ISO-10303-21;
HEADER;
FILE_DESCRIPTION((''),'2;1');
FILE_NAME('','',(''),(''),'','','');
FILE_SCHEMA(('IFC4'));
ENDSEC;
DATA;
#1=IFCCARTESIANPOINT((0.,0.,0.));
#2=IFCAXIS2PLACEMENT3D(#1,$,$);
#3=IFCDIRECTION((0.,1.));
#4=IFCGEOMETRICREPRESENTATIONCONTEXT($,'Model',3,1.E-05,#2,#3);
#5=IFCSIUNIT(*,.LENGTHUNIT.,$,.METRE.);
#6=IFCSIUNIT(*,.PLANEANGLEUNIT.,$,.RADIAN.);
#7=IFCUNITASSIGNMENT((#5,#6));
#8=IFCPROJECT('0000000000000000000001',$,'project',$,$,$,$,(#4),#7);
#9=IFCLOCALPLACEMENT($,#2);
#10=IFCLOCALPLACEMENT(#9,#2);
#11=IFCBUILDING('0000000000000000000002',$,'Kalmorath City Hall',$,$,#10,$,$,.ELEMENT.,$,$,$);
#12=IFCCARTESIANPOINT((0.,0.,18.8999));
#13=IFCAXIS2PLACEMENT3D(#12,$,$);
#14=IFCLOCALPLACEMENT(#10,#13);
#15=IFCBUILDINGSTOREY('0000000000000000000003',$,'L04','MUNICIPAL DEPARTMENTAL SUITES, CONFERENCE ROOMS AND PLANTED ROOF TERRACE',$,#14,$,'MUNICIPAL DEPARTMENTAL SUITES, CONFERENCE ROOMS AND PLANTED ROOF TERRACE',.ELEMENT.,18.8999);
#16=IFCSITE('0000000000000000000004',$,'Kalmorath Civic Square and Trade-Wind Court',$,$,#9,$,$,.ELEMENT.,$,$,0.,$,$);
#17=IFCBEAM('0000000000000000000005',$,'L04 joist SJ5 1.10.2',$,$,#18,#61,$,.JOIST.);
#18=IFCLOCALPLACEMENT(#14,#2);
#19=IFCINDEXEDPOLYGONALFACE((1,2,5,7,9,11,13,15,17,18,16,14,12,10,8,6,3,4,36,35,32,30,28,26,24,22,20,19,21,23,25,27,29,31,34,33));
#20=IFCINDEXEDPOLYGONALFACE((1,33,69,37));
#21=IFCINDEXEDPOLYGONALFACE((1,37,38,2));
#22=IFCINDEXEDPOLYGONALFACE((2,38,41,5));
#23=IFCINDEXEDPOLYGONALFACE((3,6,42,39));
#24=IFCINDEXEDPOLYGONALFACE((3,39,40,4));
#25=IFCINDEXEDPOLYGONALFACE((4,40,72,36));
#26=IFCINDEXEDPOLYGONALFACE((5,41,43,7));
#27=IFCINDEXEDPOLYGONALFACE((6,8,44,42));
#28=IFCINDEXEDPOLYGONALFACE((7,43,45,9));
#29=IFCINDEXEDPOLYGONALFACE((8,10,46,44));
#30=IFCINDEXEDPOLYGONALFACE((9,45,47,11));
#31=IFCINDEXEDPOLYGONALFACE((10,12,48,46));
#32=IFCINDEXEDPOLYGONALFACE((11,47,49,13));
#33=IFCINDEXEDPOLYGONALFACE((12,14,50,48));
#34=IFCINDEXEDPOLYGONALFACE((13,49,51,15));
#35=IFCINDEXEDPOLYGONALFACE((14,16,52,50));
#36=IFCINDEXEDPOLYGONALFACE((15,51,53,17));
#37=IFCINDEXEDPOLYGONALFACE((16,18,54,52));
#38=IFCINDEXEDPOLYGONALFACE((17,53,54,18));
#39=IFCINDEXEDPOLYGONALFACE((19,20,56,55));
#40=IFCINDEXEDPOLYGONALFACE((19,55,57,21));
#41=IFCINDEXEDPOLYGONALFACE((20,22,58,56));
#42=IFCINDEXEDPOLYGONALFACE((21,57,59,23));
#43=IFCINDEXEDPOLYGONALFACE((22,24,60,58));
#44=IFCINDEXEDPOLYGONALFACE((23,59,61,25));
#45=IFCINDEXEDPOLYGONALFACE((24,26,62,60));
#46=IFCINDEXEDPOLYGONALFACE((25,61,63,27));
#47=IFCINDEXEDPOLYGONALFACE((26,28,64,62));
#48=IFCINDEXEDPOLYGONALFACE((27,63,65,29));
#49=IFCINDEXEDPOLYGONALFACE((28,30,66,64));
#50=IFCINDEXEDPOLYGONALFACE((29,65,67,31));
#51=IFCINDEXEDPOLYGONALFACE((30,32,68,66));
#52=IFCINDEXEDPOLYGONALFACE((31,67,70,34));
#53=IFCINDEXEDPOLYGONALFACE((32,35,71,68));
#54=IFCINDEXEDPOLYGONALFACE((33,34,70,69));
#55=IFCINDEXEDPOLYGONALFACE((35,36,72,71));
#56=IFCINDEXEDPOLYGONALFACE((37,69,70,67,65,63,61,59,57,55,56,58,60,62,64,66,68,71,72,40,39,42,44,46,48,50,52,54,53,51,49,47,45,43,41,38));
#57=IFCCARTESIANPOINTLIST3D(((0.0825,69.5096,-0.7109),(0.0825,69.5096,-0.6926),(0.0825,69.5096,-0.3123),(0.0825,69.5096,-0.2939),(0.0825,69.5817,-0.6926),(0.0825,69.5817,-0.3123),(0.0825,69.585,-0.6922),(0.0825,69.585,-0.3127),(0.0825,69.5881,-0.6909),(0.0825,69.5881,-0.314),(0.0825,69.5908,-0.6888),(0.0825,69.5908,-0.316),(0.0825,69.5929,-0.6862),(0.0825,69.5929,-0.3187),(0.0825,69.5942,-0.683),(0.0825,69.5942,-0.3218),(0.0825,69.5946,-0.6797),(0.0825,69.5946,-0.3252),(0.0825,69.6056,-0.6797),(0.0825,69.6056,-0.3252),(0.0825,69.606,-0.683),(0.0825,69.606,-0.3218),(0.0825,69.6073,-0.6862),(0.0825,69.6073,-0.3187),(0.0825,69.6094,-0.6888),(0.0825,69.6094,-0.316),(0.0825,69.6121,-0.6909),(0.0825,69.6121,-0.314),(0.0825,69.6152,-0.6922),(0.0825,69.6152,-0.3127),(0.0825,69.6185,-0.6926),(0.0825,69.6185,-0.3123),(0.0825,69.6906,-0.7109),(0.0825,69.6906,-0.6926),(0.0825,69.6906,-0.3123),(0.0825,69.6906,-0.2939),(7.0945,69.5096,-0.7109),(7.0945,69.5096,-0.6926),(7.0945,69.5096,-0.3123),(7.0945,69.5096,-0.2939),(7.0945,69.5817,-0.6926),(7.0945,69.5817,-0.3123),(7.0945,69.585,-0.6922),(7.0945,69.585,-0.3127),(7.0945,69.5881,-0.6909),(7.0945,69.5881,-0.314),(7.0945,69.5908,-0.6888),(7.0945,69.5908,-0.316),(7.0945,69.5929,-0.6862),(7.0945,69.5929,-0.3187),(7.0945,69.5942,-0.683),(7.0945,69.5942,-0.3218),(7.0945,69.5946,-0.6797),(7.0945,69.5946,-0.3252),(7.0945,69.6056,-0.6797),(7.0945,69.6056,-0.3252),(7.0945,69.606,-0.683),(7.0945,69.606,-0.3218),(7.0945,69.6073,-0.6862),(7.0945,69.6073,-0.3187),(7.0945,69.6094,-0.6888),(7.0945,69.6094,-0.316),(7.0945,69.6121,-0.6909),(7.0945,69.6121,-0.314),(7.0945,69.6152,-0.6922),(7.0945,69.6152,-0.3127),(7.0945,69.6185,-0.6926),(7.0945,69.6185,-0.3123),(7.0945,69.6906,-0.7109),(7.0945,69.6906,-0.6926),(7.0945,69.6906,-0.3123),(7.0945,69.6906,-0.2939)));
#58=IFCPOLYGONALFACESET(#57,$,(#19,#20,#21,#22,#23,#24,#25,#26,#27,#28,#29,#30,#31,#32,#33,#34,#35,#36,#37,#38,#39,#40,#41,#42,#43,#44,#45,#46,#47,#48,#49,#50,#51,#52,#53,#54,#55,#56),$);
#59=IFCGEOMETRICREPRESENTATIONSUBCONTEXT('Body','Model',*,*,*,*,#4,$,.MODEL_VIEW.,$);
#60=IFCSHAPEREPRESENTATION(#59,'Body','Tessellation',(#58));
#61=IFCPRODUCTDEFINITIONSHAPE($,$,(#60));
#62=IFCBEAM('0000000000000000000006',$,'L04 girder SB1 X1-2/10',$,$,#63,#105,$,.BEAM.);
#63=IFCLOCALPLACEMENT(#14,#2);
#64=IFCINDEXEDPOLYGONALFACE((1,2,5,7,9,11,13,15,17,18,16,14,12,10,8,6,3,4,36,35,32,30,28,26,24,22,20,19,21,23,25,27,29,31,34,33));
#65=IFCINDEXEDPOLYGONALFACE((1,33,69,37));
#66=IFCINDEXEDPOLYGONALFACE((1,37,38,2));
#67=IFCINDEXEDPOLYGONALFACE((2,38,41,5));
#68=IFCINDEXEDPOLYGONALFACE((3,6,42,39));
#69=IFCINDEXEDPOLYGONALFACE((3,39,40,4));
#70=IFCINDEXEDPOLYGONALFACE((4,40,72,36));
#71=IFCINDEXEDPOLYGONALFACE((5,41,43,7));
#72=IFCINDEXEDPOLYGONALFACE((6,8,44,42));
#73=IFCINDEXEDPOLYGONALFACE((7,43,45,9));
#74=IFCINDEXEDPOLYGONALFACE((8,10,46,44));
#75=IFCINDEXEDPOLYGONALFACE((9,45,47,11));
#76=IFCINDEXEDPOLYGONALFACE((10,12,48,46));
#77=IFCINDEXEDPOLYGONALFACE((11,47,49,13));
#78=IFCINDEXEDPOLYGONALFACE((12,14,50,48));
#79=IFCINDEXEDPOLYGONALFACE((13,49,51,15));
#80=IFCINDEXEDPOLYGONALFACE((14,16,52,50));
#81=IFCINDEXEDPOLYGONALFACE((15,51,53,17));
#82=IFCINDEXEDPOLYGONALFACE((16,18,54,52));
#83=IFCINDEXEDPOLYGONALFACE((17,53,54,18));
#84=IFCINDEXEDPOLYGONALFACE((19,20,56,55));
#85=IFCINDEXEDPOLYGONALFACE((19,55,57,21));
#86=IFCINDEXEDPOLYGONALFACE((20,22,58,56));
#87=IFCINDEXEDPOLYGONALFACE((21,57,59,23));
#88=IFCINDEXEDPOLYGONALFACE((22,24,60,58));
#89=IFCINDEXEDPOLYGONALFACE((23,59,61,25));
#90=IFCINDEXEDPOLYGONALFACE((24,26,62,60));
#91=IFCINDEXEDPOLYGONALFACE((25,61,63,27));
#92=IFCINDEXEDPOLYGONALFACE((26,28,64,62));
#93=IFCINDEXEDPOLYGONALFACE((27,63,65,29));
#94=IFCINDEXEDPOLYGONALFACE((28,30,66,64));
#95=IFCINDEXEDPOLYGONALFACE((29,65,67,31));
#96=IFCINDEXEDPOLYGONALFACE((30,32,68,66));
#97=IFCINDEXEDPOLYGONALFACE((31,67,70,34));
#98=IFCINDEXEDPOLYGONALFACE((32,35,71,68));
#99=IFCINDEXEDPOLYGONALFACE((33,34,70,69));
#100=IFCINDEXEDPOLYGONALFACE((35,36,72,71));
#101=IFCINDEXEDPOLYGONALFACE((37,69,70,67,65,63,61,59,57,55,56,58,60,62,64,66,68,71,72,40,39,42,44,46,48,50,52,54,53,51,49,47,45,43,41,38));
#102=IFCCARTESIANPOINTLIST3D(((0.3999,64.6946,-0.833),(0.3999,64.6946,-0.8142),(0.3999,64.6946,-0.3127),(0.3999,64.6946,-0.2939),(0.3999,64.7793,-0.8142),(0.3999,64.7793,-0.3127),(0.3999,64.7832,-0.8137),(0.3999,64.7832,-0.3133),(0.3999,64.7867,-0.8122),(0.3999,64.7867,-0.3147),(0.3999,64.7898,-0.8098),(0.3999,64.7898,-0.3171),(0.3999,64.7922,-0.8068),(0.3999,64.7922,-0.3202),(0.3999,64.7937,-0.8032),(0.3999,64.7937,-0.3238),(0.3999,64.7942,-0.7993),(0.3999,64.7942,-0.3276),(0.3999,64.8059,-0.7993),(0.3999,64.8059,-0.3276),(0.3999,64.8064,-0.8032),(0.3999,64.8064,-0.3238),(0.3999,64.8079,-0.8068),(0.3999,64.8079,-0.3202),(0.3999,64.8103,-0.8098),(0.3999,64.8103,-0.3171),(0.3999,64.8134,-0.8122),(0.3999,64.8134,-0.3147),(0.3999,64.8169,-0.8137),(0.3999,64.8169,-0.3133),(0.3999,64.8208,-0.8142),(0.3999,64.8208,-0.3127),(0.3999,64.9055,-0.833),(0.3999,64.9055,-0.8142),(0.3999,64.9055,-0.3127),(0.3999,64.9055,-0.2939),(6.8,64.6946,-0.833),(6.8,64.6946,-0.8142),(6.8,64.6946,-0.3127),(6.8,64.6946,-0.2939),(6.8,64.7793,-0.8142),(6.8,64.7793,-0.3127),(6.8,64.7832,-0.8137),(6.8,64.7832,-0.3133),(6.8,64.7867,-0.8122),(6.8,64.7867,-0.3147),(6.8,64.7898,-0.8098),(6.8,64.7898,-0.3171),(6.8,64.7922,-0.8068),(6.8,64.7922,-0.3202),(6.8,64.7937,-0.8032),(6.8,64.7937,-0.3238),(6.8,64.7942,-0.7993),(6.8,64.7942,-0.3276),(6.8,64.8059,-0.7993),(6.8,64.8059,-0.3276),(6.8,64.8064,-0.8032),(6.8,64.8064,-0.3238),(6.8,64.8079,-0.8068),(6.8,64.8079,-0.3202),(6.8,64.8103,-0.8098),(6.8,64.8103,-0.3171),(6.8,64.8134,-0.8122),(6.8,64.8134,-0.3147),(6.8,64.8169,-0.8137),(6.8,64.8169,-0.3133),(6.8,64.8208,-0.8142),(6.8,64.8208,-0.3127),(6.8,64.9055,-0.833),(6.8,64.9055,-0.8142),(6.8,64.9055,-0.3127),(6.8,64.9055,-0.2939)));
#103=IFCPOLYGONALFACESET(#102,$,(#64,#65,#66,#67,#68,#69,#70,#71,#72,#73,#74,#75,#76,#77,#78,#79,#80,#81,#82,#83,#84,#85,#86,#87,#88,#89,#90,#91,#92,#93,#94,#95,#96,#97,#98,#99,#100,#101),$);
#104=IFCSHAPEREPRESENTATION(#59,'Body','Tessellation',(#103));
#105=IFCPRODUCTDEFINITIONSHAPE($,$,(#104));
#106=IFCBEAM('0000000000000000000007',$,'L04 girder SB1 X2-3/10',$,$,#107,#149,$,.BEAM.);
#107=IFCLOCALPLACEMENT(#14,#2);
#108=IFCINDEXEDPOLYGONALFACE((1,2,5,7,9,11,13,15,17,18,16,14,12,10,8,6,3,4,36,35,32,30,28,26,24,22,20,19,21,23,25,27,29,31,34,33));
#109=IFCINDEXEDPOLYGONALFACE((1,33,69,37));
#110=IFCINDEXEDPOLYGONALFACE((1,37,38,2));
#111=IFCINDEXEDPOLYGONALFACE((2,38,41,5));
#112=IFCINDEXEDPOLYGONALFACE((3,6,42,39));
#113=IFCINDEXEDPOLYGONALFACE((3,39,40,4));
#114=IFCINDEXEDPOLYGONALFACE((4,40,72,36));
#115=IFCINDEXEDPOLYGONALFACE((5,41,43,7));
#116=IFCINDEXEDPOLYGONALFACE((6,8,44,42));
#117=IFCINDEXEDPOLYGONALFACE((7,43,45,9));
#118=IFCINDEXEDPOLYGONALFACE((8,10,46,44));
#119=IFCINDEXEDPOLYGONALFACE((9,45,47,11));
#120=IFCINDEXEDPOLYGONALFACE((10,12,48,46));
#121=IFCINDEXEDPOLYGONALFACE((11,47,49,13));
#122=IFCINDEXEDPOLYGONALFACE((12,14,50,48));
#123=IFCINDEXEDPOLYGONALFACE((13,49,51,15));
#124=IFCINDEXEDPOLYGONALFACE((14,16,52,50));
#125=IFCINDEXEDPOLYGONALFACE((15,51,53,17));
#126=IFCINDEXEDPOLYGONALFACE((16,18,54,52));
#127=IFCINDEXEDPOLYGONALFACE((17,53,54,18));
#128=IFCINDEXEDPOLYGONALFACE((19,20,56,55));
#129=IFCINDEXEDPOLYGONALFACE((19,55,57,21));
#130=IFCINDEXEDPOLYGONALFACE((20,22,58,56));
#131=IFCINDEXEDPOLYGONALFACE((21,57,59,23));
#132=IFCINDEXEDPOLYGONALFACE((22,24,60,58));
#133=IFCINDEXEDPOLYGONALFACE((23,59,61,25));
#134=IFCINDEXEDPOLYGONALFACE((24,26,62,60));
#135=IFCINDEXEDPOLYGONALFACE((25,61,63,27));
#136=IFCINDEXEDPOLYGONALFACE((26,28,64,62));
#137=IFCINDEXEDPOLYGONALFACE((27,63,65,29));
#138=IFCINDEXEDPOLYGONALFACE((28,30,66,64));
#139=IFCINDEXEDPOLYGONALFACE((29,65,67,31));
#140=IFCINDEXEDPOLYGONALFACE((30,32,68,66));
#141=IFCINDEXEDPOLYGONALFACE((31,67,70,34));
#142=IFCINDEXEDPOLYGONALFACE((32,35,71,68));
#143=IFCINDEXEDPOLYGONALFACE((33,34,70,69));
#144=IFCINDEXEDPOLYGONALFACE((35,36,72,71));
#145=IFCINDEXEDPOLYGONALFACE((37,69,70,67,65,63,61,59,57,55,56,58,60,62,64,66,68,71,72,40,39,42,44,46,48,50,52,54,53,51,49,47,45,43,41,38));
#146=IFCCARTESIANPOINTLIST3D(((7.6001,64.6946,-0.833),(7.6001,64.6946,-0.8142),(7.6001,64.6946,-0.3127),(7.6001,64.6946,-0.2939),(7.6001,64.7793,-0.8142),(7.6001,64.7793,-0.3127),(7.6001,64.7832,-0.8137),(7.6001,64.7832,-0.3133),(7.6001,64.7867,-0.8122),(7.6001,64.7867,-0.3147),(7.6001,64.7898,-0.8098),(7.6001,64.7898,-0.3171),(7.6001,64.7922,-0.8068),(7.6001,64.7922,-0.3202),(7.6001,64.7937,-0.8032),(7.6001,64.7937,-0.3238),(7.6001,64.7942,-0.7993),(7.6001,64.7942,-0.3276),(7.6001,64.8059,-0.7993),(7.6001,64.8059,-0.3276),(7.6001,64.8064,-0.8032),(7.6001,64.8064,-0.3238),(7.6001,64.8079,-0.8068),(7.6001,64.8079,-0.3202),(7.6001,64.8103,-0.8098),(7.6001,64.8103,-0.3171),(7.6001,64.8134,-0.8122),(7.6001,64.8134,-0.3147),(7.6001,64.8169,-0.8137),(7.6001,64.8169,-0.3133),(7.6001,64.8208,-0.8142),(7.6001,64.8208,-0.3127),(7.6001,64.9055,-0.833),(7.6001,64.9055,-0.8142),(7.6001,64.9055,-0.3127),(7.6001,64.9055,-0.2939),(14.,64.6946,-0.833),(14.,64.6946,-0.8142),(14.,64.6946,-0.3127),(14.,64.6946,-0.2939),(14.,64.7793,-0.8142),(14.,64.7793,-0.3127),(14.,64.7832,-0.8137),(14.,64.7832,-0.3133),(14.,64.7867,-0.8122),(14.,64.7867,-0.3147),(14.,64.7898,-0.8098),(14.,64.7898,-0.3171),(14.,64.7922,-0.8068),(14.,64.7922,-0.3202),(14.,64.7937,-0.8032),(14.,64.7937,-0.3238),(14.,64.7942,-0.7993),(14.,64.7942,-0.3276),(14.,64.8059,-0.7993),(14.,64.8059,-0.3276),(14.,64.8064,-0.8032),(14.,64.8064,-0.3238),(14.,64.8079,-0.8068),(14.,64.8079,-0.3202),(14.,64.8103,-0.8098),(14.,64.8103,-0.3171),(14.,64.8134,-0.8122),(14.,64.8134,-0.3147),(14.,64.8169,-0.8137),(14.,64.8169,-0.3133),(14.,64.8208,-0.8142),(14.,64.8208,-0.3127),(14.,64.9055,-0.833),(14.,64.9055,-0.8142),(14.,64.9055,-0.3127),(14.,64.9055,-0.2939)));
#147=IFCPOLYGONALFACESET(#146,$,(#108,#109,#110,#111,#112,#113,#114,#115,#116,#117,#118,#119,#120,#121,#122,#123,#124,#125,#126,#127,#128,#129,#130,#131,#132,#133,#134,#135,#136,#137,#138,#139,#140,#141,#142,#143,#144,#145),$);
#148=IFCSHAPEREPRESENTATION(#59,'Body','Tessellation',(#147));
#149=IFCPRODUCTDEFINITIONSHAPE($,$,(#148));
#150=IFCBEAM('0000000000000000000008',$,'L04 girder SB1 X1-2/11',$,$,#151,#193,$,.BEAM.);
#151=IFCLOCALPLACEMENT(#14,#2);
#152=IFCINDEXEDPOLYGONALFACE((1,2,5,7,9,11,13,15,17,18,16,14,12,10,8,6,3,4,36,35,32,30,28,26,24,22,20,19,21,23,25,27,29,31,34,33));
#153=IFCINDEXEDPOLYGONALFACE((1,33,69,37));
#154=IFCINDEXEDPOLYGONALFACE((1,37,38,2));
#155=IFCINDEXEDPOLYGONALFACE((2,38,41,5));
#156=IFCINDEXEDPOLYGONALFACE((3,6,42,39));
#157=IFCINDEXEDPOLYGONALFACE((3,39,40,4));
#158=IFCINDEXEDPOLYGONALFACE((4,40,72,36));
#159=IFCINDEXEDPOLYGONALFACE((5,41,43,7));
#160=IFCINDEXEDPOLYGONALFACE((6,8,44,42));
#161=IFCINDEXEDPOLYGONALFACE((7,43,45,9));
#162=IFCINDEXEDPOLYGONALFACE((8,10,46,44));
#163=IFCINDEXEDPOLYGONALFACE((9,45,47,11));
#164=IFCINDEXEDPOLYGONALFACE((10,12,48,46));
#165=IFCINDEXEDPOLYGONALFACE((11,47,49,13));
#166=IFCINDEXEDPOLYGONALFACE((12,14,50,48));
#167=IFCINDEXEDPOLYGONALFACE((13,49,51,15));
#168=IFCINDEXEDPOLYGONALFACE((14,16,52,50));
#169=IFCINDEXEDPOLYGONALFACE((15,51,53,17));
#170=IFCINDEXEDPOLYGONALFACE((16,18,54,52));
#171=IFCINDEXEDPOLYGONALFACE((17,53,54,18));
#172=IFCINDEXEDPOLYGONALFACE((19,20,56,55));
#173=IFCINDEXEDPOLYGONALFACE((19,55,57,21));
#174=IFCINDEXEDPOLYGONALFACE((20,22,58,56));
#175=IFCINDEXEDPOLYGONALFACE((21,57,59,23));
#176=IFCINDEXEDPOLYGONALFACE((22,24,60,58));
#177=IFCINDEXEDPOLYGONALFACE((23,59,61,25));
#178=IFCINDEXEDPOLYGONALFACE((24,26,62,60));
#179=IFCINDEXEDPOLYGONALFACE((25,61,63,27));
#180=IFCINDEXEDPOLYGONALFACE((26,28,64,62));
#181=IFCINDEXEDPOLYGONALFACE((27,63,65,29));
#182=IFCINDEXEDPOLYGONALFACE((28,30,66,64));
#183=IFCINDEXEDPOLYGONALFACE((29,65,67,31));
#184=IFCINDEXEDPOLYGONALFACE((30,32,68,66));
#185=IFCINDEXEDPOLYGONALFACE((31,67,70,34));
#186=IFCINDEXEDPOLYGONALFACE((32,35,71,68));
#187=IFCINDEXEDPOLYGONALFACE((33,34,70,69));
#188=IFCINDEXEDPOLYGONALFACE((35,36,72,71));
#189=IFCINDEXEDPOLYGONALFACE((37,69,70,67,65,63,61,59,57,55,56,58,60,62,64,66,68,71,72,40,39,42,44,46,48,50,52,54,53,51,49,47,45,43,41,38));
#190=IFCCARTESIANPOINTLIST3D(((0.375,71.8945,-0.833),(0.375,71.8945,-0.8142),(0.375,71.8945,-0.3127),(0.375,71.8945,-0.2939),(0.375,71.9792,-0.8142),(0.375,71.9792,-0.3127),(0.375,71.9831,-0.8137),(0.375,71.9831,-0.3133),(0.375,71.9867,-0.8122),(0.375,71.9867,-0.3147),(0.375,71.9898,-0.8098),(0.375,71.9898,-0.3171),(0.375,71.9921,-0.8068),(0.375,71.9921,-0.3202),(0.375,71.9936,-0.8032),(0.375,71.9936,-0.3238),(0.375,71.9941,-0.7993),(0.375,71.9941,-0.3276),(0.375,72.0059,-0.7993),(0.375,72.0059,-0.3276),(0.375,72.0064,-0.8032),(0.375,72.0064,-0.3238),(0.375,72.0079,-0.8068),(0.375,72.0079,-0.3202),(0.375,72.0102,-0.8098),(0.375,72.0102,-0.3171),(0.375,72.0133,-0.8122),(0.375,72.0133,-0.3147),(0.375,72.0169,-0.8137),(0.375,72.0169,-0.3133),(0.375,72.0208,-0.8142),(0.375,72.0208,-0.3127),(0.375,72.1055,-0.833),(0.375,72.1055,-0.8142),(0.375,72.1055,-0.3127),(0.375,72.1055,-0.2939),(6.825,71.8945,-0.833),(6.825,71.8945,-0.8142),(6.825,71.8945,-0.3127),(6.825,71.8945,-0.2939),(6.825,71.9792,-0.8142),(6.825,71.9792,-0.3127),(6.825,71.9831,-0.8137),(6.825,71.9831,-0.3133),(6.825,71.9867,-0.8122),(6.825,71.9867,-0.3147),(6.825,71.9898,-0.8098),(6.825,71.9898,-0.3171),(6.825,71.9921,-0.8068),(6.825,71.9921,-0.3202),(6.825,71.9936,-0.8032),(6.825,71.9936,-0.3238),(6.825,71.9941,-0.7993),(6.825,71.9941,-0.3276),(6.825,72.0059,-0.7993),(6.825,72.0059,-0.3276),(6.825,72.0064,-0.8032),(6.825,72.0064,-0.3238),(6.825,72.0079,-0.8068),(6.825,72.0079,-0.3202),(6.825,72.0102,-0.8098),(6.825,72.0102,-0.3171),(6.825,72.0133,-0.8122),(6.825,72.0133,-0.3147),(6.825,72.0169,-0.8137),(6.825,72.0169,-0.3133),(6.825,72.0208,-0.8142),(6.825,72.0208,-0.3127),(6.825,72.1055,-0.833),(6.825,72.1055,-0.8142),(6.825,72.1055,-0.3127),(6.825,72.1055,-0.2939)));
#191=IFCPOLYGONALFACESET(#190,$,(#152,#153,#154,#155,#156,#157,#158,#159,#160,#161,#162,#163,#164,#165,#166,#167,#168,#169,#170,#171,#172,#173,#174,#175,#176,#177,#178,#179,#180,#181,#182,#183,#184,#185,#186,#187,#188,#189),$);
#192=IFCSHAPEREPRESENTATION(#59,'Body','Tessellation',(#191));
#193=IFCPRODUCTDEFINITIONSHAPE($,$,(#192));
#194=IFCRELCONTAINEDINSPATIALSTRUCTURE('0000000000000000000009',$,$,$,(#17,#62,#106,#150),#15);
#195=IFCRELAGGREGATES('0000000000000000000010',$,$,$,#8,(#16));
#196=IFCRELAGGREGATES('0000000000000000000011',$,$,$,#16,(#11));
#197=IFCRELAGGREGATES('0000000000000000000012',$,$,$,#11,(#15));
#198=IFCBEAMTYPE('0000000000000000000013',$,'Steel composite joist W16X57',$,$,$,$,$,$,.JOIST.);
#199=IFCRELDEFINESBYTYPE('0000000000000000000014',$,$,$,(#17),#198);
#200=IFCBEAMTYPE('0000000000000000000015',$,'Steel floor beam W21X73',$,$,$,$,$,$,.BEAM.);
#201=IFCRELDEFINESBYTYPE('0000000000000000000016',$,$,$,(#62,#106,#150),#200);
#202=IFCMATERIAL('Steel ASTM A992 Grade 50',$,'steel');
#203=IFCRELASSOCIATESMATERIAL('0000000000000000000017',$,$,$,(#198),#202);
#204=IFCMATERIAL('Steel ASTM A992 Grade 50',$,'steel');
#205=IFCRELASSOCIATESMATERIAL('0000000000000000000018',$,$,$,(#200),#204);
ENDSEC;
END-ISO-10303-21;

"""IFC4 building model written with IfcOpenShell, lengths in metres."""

from ifc_helpers import new_model, si_unit, direction, frame, origin, origin_2d, place, context, subcontext, project, spatial, i_section, extrude, material, material_profile, profile_set, type_object, element, save


model = new_model("IFC4")

# Units and contexts
model_context = context("Model", 3, precision=1e-05, world=origin(), true_north=direction((0.0, 1.0)))
body_context = subcontext(model_context, "Body", "Model", "MODEL_VIEW")
ifc_project = project(units=[si_unit("LENGTHUNIT", "METRE"), si_unit("PLANEANGLEUNIT", "RADIAN")], contexts=[model_context])

# Site, building, storey
site_placement = place(None, origin())
site = spatial("IfcSite", under=ifc_project, at=site_placement, Name="Kalmorath Civic Square and Trade-Wind Court", CompositionType="ELEMENT", RefElevation=0.0)
building_placement = place(site_placement, origin())
building = spatial("IfcBuilding", under=site, at=building_placement, Name="Kalmorath City Hall", CompositionType="ELEMENT")
storey_placement = place(building_placement, frame((0.0, 0.0, 18.8999)))
storey = spatial("IfcBuildingStorey", under=building, at=storey_placement, Name="L04", Description="MUNICIPAL DEPARTMENTAL SUITES, CONFERENCE ROOMS AND PLANTED ROOF TERRACE", LongName="MUNICIPAL DEPARTMENTAL SUITES, CONFERENCE ROOMS AND PLANTED ROOF TERRACE", CompositionType="ELEMENT", Elevation=18.8999)

# Beams
ifc_material_1 = material(Name="Steel ASTM A992 Grade 50", Category="steel")
ifc_material_profile_1 = material_profile(ifc_material_1, i_section(OverallWidth=0.1809, OverallDepth=0.417, WebThickness=0.011, FlangeThickness=0.0183, FilletRadius=0.0129, at=origin_2d()), Name="W16X57")
ifc_profile_set_1 = profile_set([ifc_material_profile_1], Name="Steel ASTM A992 Grade 50")
beam_type_1 = type_object("IfcBeamType", Name="Steel composite joist W16X57", PredefinedType="JOIST", material=ifc_profile_set_1)
for number, where, z_axis, x_axis, name in (
    (1, (0.0825, 69.6001, -0.5024), (1.0, 0.0, 0.0), (0.0, 1.0, 0.0), "L04 joist SJ5 1.10.2"),
):
    element("IfcBeam", number, at=place(storey_placement, frame(where, z_axis=z_axis, x_axis=x_axis)), inside=storey, type_object=beam_type_1, Name=name, PredefinedType="JOIST", context=body_context, shape_type="SweptSolid", body=[
        extrude(i_section(OverallWidth=0.1809, OverallDepth=0.417, WebThickness=0.011, FlangeThickness=0.0183, FilletRadius=0.0129, at=origin_2d()), origin(), (0.0, 0.0, 1.0), 7.012),
    ])
ifc_material_2 = material(Name="Steel ASTM A992 Grade 50", Category="steel")
ifc_material_profile_2 = material_profile(ifc_material_2, i_section(OverallWidth=0.2109, OverallDepth=0.5391, WebThickness=0.0117, FlangeThickness=0.0188, FilletRadius=0.0149, at=origin_2d()), Name="W21X73")
ifc_profile_set_2 = profile_set([ifc_material_profile_2], Name="Steel ASTM A992 Grade 50")
beam_type_2 = type_object("IfcBeamType", Name="Steel floor beam W21X73", PredefinedType="BEAM", material=ifc_profile_set_2)
beam_1_placement = place(storey_placement, frame((0.3999, 64.8, -0.5635), z_axis=(1.0, 0.0, 0.0), x_axis=(0.0, 1.0, 0.0)))
element("IfcBeam", 2, at=beam_1_placement, inside=storey, type_object=beam_type_2, Name="L04 girder SB1 X1-2/10", PredefinedType="BEAM", context=body_context, shape_type="SweptSolid", body=[
    extrude(i_section(OverallWidth=0.2109, OverallDepth=0.5391, WebThickness=0.0117, FlangeThickness=0.0188, FilletRadius=0.0149, at=origin_2d()), origin(), (0.0, 0.0, 1.0), 6.4001),
])
beam_2_placement = place(storey_placement, frame((7.6001, 64.8, -0.5635), z_axis=(1.0, 0.0, 0.0), x_axis=(0.0, 1.0, 0.0)))
element("IfcBeam", 3, at=beam_2_placement, inside=storey, type_object=beam_type_2, Name="L04 girder SB1 X2-3/10", PredefinedType="BEAM", context=body_context, shape_type="SweptSolid", body=[
    extrude(i_section(OverallWidth=0.2109, OverallDepth=0.5391, WebThickness=0.0117, FlangeThickness=0.0188, FilletRadius=0.0149, at=origin_2d()), origin(), (0.0, 0.0, 1.0), 6.3999),
])
for number, where, z_axis, x_axis, name in (
    (4, (0.375, 72.0, -0.5635), (1.0, 0.0, 0.0), (0.0, 1.0, 0.0), "L04 girder SB1 X1-2/11"),
):
    element("IfcBeam", number, at=place(storey_placement, frame(where, z_axis=z_axis, x_axis=x_axis)), inside=storey, type_object=beam_type_2, Name=name, PredefinedType="BEAM", context=body_context, shape_type="SweptSolid", body=[
        extrude(i_section(OverallWidth=0.2109, OverallDepth=0.5391, WebThickness=0.0117, FlangeThickness=0.0188, FilletRadius=0.0149, at=origin_2d()), origin(), (0.0, 0.0, 1.0), 6.45),
    ])

save(model, "model.ifc")
